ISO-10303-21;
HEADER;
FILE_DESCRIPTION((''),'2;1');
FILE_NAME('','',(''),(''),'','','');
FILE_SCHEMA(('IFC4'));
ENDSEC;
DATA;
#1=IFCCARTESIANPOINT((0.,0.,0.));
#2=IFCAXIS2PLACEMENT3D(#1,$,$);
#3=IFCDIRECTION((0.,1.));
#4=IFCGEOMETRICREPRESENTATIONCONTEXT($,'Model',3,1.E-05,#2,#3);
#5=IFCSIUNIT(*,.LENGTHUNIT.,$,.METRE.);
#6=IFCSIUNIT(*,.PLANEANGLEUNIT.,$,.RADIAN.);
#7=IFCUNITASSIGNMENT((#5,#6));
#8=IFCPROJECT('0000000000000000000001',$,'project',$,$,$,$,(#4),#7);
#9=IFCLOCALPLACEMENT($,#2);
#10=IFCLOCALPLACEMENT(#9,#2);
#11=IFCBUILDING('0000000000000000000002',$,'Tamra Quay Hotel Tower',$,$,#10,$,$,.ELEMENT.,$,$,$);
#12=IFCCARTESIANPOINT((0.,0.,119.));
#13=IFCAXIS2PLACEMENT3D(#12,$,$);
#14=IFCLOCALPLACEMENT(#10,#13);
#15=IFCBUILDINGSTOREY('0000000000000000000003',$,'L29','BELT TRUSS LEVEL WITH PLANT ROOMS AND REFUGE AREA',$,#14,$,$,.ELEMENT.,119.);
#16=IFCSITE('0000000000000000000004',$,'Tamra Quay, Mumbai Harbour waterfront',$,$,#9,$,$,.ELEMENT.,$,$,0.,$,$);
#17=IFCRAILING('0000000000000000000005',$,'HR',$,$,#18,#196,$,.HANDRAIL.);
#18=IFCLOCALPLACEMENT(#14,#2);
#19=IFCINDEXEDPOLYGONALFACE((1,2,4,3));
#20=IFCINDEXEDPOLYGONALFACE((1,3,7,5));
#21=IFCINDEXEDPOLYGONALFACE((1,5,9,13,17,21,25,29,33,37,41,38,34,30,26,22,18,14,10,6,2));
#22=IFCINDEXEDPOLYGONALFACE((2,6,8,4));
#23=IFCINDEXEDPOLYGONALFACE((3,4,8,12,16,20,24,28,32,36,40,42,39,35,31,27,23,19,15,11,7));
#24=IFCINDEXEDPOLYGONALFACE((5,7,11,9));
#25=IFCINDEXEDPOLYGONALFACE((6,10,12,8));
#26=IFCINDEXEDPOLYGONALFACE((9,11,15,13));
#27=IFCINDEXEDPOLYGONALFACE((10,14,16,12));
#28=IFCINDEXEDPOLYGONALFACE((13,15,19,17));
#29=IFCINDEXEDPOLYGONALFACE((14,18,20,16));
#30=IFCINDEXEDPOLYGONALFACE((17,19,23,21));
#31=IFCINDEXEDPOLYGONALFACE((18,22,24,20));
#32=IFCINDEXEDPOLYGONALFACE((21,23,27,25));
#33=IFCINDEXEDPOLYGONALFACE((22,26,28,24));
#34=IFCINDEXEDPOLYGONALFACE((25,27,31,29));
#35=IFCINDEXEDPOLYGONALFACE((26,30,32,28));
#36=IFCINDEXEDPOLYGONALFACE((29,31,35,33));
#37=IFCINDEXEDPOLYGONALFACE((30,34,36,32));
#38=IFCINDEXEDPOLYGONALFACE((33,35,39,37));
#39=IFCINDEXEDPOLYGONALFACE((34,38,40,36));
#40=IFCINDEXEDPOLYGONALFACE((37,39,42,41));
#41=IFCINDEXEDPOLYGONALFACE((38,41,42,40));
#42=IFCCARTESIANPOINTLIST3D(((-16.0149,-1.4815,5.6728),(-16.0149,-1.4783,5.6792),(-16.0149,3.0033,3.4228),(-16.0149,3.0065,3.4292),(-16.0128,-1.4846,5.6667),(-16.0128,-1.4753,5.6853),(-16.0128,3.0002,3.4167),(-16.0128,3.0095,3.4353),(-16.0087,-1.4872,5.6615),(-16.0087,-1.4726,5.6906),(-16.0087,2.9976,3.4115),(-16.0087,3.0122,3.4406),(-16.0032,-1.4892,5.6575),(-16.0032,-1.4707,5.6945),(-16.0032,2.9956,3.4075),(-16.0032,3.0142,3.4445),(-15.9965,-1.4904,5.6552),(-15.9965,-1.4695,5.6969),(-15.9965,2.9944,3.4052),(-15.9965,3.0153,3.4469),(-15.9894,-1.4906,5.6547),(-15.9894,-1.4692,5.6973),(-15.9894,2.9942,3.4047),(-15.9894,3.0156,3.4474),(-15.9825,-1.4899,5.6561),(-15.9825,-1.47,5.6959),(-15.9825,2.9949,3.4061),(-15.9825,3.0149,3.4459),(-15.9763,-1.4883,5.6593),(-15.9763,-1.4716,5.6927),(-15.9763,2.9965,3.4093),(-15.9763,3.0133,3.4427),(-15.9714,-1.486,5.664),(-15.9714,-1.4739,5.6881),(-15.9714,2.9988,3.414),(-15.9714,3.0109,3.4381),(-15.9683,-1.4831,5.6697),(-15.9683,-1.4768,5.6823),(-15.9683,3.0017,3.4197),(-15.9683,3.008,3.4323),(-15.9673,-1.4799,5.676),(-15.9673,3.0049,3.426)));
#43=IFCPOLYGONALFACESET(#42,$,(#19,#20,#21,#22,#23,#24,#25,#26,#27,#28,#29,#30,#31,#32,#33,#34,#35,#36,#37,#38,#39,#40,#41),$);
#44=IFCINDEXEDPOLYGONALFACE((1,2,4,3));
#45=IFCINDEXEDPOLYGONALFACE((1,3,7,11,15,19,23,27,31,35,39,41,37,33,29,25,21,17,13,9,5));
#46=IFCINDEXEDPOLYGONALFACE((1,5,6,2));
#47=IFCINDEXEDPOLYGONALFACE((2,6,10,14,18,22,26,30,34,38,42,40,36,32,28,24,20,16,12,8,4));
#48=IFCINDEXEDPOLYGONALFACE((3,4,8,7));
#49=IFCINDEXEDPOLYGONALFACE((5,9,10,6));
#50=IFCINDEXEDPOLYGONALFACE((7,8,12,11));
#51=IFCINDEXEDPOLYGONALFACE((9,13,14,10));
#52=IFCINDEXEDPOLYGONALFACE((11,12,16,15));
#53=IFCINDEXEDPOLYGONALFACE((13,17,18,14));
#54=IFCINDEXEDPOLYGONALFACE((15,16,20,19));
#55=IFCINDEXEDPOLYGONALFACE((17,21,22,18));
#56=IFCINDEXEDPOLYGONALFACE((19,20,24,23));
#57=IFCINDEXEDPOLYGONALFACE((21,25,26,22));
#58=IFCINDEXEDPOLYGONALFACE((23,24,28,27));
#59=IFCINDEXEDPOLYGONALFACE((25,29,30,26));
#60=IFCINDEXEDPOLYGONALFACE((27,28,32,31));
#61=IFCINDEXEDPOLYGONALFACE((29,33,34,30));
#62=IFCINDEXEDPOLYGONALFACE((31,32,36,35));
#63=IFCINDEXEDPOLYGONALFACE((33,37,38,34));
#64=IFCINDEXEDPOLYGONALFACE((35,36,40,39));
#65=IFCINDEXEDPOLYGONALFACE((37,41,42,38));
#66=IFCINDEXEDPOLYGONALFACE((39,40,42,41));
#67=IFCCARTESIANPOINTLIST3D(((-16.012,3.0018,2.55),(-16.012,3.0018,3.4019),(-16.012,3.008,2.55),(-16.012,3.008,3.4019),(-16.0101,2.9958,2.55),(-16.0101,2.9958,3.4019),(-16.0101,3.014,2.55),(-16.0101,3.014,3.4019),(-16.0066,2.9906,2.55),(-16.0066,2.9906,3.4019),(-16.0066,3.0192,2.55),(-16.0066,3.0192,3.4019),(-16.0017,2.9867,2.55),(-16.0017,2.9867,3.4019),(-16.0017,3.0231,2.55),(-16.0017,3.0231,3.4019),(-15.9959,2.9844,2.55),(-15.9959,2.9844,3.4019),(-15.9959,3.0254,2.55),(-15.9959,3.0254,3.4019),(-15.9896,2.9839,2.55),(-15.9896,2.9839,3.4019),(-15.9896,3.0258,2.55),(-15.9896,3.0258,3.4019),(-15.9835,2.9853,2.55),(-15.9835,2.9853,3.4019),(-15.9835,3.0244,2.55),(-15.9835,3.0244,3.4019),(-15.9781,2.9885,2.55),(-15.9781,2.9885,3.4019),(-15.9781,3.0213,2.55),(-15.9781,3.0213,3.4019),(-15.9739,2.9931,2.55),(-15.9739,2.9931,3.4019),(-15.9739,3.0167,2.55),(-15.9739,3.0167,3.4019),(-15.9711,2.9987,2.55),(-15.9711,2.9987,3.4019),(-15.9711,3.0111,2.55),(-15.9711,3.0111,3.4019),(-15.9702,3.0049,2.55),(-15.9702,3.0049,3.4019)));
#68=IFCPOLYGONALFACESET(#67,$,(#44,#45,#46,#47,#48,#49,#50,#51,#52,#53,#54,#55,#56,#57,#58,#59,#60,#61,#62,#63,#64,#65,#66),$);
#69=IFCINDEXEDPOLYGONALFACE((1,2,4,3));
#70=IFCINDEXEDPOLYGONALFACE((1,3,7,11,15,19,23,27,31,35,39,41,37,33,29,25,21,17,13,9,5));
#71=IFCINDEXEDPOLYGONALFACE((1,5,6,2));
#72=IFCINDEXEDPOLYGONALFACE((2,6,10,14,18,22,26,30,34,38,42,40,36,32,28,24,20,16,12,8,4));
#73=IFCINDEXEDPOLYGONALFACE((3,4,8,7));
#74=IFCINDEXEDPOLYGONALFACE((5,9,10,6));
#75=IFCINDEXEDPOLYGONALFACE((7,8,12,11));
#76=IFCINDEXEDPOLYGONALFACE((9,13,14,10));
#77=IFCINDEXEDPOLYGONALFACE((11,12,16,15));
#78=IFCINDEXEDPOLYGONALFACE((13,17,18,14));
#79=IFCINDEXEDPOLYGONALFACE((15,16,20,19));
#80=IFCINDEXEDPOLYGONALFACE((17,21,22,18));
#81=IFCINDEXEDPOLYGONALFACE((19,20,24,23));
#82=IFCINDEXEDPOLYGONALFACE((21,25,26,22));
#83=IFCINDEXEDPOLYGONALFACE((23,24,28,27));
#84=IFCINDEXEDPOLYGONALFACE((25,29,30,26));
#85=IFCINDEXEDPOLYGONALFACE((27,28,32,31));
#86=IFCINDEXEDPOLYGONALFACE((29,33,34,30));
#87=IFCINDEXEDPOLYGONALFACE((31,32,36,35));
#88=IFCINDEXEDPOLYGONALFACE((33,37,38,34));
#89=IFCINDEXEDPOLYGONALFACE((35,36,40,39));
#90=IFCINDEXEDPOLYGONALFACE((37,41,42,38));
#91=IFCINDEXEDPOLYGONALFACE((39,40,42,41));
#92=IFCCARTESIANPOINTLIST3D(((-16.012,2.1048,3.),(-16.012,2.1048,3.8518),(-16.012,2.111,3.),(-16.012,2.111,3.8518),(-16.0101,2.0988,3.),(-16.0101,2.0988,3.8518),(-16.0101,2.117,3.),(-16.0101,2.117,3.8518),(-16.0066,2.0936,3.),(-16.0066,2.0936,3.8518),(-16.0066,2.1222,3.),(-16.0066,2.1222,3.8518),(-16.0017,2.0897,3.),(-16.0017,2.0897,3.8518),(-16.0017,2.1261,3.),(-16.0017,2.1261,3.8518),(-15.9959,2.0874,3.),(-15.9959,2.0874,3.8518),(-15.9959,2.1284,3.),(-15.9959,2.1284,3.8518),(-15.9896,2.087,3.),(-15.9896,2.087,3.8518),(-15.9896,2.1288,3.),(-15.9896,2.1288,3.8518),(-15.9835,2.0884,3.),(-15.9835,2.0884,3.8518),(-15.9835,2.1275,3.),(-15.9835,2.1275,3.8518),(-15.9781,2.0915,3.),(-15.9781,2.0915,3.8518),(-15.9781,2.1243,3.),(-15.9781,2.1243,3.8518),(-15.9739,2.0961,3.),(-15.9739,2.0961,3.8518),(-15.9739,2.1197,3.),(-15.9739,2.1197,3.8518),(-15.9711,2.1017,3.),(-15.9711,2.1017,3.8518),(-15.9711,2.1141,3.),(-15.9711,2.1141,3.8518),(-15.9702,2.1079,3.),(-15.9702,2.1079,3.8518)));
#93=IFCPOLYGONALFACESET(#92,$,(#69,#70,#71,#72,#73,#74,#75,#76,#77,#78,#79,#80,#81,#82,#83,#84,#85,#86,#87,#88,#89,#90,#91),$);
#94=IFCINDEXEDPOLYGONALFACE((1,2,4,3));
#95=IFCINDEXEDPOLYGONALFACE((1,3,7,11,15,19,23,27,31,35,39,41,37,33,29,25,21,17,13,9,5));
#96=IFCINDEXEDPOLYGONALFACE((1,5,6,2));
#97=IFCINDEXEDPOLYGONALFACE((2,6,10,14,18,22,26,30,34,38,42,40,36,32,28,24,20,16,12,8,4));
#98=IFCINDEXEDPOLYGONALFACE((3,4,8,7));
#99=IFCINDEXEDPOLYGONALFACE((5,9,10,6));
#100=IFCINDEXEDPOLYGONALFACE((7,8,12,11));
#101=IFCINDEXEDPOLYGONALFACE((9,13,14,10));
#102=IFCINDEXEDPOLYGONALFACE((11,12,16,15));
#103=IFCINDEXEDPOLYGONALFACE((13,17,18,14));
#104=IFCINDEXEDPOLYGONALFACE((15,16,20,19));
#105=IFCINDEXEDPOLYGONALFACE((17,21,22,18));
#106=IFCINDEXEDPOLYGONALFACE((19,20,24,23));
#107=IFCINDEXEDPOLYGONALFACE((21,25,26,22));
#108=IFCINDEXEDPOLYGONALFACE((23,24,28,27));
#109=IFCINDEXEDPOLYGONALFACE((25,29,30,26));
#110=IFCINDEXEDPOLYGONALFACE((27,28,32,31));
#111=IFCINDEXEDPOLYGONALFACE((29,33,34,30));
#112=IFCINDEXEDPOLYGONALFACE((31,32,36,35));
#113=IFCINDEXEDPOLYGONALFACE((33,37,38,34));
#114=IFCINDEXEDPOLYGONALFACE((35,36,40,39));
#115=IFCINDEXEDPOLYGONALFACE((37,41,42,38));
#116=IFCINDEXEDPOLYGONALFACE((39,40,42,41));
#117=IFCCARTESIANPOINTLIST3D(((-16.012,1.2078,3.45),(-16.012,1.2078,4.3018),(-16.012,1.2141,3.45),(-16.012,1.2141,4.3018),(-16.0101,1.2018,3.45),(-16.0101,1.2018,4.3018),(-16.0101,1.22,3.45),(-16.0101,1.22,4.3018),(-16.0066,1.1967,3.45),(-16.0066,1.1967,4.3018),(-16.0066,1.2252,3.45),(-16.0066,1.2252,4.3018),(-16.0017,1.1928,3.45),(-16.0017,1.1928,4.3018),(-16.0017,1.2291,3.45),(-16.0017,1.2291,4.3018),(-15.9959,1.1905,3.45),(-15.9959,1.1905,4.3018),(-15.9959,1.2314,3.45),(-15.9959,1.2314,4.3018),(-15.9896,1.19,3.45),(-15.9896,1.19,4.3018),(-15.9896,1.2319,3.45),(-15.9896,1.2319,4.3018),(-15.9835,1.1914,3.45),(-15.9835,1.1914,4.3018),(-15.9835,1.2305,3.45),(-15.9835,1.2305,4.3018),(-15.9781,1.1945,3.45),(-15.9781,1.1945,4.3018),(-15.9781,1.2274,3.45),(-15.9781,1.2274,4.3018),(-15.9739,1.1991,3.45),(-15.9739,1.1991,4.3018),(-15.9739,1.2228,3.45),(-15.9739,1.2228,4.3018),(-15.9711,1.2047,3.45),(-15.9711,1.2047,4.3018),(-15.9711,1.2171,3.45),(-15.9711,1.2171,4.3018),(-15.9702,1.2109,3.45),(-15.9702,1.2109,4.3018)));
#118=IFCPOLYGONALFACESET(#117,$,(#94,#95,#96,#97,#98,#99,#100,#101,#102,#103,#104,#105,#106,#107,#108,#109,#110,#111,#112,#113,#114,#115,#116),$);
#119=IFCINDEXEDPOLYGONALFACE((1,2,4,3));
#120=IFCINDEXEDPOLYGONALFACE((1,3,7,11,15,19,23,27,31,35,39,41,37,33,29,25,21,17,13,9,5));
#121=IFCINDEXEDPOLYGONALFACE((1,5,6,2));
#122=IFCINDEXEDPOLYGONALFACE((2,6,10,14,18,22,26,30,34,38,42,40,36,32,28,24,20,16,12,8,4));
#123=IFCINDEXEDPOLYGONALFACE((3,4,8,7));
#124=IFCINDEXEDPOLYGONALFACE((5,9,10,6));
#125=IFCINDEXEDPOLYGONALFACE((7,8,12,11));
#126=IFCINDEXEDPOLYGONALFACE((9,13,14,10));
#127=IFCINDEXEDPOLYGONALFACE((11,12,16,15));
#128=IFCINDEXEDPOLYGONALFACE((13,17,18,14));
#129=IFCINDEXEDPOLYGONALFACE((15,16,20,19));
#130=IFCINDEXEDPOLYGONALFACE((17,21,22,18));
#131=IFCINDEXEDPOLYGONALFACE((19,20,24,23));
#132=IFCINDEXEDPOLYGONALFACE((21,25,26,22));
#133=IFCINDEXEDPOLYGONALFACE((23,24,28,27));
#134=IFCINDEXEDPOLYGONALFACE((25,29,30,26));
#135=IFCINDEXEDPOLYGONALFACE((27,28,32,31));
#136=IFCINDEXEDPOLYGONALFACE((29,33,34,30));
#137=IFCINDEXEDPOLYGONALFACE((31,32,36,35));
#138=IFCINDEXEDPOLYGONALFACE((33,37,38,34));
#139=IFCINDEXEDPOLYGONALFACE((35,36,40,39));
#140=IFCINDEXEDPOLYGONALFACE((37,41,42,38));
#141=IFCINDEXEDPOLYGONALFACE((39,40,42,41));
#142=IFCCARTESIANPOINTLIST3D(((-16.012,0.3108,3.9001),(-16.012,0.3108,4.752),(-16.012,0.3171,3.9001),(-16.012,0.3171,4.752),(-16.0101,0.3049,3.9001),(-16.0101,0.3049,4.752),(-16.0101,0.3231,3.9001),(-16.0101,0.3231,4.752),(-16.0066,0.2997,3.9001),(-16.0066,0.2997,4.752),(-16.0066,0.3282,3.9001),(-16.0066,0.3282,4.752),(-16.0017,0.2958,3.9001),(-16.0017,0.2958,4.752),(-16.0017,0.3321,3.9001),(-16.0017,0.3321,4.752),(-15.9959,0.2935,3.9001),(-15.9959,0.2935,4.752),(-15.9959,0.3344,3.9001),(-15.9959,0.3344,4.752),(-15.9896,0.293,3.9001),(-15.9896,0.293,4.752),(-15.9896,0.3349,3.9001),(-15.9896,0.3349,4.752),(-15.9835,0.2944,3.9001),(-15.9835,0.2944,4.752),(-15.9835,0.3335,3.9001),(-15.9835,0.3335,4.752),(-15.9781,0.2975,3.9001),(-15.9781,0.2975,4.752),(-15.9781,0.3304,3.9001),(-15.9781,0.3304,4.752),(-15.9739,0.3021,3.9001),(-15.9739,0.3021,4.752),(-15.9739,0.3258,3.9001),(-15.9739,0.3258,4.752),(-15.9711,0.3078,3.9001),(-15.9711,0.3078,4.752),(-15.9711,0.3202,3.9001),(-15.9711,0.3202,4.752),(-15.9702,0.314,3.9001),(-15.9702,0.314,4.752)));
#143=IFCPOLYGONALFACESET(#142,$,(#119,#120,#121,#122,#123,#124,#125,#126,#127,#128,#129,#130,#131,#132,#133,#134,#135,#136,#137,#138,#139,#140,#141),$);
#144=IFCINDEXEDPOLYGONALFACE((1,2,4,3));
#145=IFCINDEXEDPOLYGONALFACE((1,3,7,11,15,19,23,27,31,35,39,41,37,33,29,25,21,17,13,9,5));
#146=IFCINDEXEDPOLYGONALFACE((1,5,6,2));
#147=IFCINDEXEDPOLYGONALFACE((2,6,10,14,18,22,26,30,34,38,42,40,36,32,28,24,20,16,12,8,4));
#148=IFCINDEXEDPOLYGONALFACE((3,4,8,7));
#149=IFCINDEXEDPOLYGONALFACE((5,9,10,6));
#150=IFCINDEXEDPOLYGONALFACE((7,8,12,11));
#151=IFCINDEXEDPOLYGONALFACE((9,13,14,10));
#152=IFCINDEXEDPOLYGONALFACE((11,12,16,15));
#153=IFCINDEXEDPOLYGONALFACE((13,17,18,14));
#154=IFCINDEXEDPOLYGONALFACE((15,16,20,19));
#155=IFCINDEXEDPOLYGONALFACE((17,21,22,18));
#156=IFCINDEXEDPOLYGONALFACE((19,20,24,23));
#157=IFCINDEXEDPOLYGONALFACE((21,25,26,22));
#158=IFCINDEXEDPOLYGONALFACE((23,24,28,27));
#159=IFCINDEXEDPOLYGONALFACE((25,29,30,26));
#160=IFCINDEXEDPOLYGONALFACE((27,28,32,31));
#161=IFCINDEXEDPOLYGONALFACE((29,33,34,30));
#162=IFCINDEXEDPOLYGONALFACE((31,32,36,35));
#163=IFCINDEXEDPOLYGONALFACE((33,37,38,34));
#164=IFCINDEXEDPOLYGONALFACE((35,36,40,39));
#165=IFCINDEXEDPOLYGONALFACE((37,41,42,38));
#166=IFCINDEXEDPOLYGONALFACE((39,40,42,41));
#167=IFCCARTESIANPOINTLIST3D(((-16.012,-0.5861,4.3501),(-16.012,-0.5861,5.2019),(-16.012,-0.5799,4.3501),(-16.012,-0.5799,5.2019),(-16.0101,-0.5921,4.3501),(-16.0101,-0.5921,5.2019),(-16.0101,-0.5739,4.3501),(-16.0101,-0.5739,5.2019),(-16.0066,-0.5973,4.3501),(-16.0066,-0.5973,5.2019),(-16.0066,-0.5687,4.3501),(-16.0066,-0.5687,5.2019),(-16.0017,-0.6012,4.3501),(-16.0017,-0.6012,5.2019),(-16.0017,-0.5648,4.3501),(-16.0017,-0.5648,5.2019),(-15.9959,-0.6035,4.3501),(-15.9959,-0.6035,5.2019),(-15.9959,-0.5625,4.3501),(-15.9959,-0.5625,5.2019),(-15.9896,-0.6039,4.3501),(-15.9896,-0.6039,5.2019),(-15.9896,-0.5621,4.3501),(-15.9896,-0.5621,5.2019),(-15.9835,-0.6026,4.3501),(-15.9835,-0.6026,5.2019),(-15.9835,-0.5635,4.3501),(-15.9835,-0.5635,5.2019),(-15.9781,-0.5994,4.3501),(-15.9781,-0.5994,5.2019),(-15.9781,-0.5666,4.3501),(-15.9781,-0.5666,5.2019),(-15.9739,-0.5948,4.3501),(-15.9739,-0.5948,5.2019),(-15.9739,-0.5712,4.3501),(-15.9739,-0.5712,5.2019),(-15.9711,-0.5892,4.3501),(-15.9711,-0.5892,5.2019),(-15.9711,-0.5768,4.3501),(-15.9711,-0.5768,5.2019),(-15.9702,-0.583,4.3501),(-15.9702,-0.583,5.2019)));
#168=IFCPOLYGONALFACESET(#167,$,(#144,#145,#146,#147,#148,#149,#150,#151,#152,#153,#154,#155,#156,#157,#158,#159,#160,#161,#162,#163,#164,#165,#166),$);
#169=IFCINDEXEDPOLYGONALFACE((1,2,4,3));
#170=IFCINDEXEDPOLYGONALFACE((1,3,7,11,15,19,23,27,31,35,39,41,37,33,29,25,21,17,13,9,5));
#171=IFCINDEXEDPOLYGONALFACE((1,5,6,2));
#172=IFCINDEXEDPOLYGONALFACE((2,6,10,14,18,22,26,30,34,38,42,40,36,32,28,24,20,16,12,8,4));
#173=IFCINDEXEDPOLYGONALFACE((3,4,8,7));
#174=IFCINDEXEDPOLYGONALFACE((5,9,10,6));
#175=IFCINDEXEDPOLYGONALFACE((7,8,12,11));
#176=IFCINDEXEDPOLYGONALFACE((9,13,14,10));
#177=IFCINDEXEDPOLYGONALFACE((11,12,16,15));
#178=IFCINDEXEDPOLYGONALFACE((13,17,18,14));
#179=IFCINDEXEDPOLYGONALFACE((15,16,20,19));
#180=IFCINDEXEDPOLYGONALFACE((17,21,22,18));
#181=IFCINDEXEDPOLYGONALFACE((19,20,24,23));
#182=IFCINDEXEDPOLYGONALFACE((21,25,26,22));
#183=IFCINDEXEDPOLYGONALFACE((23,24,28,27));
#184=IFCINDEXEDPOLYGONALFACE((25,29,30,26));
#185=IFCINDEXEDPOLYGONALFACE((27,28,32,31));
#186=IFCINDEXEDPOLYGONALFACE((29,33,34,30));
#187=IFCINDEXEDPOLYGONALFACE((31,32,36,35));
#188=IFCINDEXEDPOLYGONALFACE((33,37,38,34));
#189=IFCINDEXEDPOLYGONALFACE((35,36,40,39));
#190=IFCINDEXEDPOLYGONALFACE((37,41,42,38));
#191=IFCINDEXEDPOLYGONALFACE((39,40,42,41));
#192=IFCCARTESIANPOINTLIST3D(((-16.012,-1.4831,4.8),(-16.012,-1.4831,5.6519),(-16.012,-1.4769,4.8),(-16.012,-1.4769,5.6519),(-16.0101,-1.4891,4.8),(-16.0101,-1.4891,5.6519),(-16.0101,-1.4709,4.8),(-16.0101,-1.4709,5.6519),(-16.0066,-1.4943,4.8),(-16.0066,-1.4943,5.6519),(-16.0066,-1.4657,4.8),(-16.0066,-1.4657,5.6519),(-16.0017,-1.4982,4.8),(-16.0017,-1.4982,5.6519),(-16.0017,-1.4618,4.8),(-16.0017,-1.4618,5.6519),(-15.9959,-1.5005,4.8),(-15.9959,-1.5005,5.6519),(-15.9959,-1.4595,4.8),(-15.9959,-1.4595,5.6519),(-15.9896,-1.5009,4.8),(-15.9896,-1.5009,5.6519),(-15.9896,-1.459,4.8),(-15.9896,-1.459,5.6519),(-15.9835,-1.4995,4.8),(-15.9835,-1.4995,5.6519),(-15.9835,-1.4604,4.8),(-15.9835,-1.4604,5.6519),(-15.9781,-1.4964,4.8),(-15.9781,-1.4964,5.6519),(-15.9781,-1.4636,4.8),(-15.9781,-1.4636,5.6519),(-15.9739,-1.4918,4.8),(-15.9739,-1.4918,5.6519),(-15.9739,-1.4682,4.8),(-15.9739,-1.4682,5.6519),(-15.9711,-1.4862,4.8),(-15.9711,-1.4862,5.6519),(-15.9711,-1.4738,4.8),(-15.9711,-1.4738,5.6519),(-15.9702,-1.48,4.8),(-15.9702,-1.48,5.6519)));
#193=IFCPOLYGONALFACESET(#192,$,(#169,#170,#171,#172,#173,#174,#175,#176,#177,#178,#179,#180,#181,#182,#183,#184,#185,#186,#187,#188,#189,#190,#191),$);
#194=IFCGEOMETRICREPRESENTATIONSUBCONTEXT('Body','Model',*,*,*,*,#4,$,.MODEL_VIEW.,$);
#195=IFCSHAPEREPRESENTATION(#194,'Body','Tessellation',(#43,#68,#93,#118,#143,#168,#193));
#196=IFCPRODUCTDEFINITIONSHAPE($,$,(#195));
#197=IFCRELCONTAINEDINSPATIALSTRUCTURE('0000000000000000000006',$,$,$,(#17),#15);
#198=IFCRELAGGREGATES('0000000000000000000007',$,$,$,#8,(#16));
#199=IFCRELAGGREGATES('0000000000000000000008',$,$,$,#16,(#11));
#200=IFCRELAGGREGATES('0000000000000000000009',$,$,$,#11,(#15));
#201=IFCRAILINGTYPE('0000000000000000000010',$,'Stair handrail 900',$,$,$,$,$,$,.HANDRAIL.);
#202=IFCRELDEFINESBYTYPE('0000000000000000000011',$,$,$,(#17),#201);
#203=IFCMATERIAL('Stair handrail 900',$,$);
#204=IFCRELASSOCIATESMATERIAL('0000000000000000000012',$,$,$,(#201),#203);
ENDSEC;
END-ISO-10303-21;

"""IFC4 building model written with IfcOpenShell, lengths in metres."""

from ifc_helpers import new_model, si_unit, direction, frame, origin, origin_2d, place, context, subcontext, project, spatial, circle, extrude, material, type_object, element, save


model = new_model("IFC4")

# Units and contexts
model_context = context("Model", 3, precision=1e-05, world=origin(), true_north=direction((0.0, 1.0)))
body_context = subcontext(model_context, "Body", "Model", "MODEL_VIEW")
ifc_project = project(units=[si_unit("LENGTHUNIT", "METRE"), si_unit("PLANEANGLEUNIT", "RADIAN")], contexts=[model_context])

# Site, building, storey
site_placement = place(None, origin())
site = spatial("IfcSite", under=ifc_project, at=site_placement, Name="Tamra Quay, Mumbai Harbour waterfront", CompositionType="ELEMENT", RefElevation=0.0)
building_placement = place(site_placement, origin())
building = spatial("IfcBuilding", under=site, at=building_placement, Name="Tamra Quay Hotel Tower", CompositionType="ELEMENT")
storey_placement = place(building_placement, frame((0.0, 0.0, 119.0)))
storey = spatial("IfcBuildingStorey", under=building, at=storey_placement, Name="L29", Description="BELT TRUSS LEVEL WITH PLANT ROOMS AND REFUGE AREA", CompositionType="ELEMENT", Elevation=119.0)

# Railing
ifc_material_1 = material(Name="Stair handrail 900")
railing_type = type_object("IfcRailingType", Name="Stair handrail 900", PredefinedType="HANDRAIL", material=ifc_material_1)
railing_placement = place(storey_placement, frame((-15.9912, 3.0049, 2.55)))
element("IfcRailing", 1, at=railing_placement, inside=storey, type_object=railing_type, Name="HR", PredefinedType="HANDRAIL", context=body_context, shape_type="SweptSolid", body=[
    extrude(circle(Radius=0.0239, at=origin_2d()), frame((0.0, 0.0, 0.876), z_axis=(0.0, -0.893823, 0.44842), x_axis=(1.0, 0.0, 0.0)), (0.0, 0.0, 1.0), 5.0176),
    extrude(circle(Radius=0.021, at=origin_2d()), origin(), (0.0, 0.0, 1.0), 0.8518),
    extrude(circle(Radius=0.021, at=origin_2d()), frame((0.0, -0.897, 0.45)), (0.0, 0.0, 1.0), 0.8518),
    extrude(circle(Radius=0.021, at=origin_2d()), frame((0.0, -1.7939, 0.8999)), (0.0, 0.0, 1.0), 0.8518),
    extrude(circle(Radius=0.021, at=origin_2d()), frame((0.0, -2.6909, 1.3501)), (0.0, 0.0, 1.0), 0.8518),
    extrude(circle(Radius=0.021, at=origin_2d()), frame((0.0, -3.5879, 1.8)), (0.0, 0.0, 1.0), 0.8518),
    extrude(circle(Radius=0.021, at=origin_2d()), frame((0.0, -4.4849, 2.25)), (0.0, 0.0, 1.0), 0.8518),
])

save(model, "model.ifc")
